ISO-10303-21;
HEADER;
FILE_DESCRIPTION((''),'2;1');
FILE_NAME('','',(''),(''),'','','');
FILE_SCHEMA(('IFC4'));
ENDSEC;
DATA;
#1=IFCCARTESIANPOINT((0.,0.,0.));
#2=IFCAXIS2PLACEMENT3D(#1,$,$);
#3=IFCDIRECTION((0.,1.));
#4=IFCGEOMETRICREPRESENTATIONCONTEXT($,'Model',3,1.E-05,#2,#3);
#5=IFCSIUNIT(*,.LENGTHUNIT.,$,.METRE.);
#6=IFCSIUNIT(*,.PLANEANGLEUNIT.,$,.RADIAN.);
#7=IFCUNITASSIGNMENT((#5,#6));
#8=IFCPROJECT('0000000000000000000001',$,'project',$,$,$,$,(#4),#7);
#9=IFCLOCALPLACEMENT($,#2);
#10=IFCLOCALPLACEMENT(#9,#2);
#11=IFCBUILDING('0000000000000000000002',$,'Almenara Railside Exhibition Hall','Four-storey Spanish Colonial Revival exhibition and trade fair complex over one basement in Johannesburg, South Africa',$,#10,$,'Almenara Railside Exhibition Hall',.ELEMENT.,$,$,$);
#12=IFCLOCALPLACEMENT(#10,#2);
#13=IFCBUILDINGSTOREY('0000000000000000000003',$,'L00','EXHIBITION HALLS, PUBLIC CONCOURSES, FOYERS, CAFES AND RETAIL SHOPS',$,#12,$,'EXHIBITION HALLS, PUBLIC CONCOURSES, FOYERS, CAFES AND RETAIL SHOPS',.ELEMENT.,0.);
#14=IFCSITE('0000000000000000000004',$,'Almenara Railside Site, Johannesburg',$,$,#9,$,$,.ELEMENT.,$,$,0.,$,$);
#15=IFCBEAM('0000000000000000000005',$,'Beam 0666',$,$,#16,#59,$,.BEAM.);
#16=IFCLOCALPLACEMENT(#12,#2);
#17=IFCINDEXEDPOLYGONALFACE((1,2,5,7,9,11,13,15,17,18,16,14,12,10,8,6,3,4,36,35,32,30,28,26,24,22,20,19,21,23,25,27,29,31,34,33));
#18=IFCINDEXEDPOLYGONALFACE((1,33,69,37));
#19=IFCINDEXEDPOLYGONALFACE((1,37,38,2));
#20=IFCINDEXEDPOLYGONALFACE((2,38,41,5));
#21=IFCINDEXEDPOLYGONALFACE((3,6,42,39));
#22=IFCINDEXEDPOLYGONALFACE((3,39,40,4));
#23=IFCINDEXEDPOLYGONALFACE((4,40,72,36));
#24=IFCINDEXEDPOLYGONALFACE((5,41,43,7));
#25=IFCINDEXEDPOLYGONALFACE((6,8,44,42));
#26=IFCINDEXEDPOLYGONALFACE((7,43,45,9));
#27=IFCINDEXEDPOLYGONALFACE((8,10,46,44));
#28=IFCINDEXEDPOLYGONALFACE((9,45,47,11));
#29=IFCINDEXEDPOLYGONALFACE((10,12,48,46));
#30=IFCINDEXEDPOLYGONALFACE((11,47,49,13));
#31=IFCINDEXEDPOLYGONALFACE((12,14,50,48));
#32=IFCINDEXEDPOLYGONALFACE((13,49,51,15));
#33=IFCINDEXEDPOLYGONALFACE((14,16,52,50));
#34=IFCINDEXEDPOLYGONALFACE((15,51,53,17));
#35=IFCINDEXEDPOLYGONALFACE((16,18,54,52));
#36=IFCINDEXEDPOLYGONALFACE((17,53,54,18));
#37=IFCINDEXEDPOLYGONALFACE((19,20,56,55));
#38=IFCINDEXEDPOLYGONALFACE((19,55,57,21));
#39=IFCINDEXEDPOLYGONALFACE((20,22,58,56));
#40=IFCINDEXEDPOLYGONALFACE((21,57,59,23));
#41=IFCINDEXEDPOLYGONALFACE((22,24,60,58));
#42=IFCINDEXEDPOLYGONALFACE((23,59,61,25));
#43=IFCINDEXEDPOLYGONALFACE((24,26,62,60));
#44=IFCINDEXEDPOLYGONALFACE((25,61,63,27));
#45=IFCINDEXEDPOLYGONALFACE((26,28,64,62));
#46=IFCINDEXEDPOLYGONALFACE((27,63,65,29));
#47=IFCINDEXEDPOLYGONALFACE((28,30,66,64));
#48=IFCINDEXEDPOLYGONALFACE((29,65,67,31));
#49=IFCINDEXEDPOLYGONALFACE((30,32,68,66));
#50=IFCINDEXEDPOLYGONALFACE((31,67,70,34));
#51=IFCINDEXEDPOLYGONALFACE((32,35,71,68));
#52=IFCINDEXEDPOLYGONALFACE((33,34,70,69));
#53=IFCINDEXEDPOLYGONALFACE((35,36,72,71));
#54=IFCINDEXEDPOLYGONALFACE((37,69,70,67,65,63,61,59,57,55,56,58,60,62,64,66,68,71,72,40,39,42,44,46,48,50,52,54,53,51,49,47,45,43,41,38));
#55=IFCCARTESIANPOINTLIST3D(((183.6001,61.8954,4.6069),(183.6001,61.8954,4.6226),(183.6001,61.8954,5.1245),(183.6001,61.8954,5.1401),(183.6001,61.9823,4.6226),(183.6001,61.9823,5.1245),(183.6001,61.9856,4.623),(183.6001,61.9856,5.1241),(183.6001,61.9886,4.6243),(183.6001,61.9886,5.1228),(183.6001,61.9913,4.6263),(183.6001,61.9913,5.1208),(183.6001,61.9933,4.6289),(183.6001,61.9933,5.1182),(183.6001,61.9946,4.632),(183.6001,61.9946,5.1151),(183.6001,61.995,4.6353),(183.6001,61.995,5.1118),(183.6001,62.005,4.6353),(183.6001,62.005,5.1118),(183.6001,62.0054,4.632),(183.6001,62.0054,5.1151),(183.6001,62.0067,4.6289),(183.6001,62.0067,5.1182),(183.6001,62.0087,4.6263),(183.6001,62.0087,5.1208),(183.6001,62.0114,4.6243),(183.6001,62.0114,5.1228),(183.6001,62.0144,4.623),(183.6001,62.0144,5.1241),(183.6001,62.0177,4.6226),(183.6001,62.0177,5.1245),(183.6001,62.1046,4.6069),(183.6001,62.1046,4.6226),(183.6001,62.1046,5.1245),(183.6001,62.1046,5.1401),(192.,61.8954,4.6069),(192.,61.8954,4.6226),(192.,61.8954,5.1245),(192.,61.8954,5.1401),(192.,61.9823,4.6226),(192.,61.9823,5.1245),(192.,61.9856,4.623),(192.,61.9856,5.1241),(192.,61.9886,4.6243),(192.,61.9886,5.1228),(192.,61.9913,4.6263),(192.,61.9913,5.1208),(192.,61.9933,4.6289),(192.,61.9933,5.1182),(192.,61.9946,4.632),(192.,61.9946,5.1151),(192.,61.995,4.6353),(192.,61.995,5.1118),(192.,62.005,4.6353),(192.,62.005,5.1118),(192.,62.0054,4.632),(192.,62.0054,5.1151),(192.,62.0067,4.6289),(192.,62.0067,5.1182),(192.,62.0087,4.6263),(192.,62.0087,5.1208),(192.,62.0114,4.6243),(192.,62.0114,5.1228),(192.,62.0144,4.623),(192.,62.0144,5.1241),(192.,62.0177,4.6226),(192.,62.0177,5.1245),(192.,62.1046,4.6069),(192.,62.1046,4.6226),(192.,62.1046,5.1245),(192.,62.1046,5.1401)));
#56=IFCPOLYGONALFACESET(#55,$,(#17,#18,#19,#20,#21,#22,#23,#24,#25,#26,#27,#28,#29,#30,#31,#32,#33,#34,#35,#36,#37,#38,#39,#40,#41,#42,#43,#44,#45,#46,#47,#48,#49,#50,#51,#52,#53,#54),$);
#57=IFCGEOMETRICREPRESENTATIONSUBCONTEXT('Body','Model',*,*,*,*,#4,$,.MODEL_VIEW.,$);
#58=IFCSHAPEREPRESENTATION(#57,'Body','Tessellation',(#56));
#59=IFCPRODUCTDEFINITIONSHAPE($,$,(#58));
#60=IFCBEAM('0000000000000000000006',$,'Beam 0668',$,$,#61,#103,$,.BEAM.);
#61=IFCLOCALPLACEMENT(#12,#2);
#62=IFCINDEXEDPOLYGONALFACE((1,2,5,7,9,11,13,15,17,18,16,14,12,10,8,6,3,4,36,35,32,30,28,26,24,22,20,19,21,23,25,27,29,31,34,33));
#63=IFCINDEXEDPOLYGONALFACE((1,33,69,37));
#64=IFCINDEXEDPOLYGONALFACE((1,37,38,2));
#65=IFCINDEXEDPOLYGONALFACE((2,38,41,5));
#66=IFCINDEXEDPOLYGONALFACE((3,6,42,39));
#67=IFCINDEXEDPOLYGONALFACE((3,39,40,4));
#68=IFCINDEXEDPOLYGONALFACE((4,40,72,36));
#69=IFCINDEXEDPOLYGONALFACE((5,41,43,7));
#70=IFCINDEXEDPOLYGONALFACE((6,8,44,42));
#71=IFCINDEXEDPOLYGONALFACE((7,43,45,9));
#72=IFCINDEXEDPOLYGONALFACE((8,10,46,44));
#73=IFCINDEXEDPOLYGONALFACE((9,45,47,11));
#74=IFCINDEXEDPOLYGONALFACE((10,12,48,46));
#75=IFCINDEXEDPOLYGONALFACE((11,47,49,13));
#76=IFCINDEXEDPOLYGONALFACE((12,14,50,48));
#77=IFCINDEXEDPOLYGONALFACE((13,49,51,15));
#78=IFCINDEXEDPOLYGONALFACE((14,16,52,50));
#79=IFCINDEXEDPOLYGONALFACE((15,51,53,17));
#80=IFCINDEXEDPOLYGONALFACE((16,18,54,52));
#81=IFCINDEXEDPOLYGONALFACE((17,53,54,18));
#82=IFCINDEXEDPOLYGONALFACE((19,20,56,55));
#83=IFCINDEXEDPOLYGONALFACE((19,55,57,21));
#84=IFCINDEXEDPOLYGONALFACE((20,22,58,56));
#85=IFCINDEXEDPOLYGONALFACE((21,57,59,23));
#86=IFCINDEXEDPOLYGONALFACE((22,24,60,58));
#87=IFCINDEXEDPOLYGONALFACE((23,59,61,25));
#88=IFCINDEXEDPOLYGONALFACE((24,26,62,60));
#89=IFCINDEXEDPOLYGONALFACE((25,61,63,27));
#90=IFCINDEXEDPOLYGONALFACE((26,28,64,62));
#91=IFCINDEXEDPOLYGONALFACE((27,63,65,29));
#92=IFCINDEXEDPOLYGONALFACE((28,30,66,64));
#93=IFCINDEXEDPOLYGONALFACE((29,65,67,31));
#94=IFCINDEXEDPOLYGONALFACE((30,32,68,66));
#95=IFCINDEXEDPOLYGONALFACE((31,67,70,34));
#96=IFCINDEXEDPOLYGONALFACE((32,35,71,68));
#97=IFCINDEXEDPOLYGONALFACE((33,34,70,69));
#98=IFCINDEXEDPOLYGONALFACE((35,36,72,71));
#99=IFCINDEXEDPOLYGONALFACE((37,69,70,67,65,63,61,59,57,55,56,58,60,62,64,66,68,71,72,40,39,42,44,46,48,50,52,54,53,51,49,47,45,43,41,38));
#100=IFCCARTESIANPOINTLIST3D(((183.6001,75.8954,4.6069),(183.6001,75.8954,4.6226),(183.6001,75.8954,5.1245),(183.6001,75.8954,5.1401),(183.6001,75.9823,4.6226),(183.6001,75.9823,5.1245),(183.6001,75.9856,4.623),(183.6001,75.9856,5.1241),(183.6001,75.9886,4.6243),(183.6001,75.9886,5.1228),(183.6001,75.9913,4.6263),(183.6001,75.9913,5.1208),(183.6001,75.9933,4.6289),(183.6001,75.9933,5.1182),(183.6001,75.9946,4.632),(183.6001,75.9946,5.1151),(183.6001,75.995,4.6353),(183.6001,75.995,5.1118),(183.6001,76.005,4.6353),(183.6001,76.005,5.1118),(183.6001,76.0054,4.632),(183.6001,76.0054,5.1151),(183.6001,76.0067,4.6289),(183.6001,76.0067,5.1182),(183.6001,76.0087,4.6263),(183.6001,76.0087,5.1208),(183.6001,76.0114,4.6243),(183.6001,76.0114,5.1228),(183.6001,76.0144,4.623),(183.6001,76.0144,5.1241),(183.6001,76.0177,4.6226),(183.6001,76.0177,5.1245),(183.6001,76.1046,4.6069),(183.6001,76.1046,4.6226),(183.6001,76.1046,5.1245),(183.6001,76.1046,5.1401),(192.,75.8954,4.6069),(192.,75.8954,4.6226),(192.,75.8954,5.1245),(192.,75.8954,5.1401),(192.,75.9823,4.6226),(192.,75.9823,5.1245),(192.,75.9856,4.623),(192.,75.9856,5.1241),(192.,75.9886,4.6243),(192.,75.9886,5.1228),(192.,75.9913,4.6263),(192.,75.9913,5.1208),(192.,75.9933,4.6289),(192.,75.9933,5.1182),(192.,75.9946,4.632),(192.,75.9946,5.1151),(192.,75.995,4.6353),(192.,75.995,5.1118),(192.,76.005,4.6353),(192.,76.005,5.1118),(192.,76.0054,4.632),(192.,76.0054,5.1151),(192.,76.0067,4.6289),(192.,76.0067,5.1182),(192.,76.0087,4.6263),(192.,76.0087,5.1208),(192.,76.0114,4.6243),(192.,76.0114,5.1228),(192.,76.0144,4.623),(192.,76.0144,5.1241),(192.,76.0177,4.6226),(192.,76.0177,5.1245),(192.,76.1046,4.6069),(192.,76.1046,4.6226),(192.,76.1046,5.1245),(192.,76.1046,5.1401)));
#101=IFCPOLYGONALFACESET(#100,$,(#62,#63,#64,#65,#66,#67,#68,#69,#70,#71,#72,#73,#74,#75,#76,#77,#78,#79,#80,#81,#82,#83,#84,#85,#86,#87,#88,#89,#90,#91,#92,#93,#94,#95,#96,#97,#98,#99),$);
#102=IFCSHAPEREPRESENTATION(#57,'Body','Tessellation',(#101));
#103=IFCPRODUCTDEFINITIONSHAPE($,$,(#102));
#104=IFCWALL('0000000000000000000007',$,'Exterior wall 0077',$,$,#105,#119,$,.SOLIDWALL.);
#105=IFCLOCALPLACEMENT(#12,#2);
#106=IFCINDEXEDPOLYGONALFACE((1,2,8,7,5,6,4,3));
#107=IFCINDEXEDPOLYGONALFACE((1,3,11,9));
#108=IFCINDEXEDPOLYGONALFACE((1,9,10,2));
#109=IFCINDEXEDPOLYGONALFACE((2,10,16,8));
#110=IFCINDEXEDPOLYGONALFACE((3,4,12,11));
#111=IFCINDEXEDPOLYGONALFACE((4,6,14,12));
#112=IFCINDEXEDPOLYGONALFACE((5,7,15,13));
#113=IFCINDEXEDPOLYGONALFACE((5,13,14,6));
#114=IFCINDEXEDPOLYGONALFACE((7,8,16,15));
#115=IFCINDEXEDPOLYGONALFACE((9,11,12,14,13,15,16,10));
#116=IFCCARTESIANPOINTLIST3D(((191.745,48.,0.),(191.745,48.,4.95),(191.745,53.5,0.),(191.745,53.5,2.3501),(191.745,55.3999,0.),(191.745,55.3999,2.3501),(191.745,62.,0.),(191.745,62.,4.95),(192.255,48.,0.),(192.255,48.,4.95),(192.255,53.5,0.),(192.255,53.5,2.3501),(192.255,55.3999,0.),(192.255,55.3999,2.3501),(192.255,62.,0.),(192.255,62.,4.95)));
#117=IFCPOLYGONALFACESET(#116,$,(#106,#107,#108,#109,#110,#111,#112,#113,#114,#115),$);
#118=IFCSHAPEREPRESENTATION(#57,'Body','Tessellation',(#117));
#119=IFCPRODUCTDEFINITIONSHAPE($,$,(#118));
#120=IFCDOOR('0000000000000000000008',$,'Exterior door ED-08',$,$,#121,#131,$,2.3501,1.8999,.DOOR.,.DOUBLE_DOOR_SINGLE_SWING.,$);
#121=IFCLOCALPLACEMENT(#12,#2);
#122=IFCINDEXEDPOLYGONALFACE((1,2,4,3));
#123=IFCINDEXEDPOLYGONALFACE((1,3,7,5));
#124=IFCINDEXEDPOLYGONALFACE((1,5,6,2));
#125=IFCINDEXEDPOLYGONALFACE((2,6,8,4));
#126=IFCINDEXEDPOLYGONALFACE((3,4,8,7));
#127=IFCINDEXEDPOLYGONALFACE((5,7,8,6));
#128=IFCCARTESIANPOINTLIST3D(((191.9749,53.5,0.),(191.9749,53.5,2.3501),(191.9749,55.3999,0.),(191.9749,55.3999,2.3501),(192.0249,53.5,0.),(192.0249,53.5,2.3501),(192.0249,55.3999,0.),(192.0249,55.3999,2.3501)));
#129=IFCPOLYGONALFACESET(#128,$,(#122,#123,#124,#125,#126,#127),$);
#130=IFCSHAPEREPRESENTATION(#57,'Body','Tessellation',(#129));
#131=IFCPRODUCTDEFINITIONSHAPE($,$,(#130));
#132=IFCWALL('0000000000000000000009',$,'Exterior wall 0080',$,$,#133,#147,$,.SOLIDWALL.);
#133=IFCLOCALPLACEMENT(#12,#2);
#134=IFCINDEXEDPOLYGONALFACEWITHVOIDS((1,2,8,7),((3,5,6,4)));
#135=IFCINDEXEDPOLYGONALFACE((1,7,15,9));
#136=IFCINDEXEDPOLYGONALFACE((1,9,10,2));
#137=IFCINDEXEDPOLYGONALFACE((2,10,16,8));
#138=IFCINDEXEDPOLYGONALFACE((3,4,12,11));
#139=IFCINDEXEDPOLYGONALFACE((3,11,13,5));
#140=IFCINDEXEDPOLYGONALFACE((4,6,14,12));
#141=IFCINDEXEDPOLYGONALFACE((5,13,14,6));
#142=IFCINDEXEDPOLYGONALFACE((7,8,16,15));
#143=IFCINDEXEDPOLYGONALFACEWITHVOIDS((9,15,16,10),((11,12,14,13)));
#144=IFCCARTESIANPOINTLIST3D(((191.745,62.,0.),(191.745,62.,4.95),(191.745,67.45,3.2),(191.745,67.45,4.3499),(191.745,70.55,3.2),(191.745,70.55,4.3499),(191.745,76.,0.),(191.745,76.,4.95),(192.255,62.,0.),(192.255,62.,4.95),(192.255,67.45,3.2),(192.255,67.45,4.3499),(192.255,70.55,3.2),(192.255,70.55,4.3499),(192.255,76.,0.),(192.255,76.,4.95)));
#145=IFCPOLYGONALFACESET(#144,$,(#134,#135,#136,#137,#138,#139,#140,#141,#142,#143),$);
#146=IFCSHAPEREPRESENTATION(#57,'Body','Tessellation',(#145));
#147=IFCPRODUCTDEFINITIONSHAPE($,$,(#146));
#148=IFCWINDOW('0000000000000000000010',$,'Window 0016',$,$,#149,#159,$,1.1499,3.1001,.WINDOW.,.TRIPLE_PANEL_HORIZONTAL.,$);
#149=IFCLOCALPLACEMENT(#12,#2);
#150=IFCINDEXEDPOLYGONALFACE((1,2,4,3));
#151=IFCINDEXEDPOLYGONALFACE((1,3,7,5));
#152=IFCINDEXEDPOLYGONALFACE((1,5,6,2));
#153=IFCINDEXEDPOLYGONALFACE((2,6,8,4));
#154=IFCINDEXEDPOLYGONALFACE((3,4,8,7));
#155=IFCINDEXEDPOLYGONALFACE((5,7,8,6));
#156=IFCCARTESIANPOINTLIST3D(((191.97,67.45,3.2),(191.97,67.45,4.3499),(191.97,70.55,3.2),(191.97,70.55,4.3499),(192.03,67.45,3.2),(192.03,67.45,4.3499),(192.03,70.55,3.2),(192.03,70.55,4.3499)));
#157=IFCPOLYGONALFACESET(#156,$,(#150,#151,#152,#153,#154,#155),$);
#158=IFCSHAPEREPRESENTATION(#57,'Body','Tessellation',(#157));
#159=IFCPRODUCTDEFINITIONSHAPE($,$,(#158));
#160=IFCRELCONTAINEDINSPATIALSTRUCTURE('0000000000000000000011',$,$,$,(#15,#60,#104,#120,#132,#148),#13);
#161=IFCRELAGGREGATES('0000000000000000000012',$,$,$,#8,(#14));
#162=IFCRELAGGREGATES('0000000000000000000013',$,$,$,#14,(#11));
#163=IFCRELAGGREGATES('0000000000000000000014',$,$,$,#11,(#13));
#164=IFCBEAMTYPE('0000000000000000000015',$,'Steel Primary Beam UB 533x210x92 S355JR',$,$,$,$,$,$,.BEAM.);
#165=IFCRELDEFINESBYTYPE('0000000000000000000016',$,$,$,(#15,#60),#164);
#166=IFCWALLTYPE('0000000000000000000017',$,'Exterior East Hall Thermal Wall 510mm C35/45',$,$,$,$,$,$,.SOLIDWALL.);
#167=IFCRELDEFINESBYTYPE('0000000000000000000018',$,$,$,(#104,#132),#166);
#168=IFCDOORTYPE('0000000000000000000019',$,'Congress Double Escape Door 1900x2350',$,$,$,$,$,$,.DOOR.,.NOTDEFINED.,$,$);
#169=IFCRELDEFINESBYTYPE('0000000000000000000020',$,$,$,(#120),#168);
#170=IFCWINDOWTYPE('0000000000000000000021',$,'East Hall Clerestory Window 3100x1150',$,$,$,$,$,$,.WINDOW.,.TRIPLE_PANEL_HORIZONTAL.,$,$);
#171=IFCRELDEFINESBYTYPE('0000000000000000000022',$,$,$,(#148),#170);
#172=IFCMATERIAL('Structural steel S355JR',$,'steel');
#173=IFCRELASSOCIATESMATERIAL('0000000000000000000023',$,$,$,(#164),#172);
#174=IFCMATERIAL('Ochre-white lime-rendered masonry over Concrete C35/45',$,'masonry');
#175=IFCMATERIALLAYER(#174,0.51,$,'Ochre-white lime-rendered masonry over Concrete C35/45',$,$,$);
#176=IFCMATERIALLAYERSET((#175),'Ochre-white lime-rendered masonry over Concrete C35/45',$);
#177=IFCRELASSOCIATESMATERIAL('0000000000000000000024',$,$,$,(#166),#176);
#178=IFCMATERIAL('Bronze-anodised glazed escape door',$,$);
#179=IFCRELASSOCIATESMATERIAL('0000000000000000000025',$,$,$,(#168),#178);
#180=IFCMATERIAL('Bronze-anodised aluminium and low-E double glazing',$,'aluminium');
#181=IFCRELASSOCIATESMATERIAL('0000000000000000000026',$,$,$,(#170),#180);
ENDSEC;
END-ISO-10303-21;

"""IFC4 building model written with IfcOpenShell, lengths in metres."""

from ifc_helpers import new_model, si_unit, direction, frame, frame_2d, origin, origin_2d, place, context, subcontext, project, spatial, rectangle, i_section, extrude, material, layer, layer_set, material_profile, profile_set, type_object, element, fill, save


model = new_model("IFC4")

# Units and contexts
model_context = context("Model", 3, precision=1e-05, world=origin(), true_north=direction((0.0, 1.0)))
body_context = subcontext(model_context, "Body", "Model", "MODEL_VIEW")
ifc_project = project(units=[si_unit("LENGTHUNIT", "METRE"), si_unit("PLANEANGLEUNIT", "RADIAN")], contexts=[model_context])

# Site, building, storey
site_placement = place(None, origin())
site = spatial("IfcSite", under=ifc_project, at=site_placement, Name="Almenara Railside Site, Johannesburg", CompositionType="ELEMENT", RefElevation=0.0)
building_placement = place(site_placement, origin())
building = spatial("IfcBuilding", under=site, at=building_placement, Name="Almenara Railside Exhibition Hall", Description="Four-storey Spanish Colonial Revival exhibition and trade fair complex over one basement in Johannesburg, South Africa", LongName="Almenara Railside Exhibition Hall", CompositionType="ELEMENT")
storey_placement = place(building_placement, origin())
storey = spatial("IfcBuildingStorey", under=building, at=storey_placement, Name="L00", Description="EXHIBITION HALLS, PUBLIC CONCOURSES, FOYERS, CAFES AND RETAIL SHOPS", LongName="EXHIBITION HALLS, PUBLIC CONCOURSES, FOYERS, CAFES AND RETAIL SHOPS", CompositionType="ELEMENT", Elevation=0.0)

# Beams
ifc_material_1 = material(Name="Structural steel S355JR", Category="steel")
ifc_material_profile_1 = material_profile(ifc_material_1, i_section(OverallWidth=0.2092, OverallDepth=0.5332, WebThickness=0.01, FlangeThickness=0.0156, FilletRadius=0.0127, at=origin_2d()), Name="UB 533x210x92")
ifc_profile_set_1 = profile_set([ifc_material_profile_1], Name="Structural steel S355JR")
beam_type_1 = type_object("IfcBeamType", Name="Steel Primary Beam UB 533x210x92 S355JR", PredefinedType="BEAM", material=ifc_profile_set_1)
for number, where, z_axis, x_axis, name in (
    (1, (183.6001, 62.0, 4.8735), (1.0, 0.0, 0.0), (0.0, 1.0, 0.0), "Beam 0666"),
    (2, (183.6001, 76.0, 4.8735), (1.0, 0.0, 0.0), (0.0, 1.0, 0.0), "Beam 0668"),
):
    element("IfcBeam", number, at=place(storey_placement, frame(where, z_axis=z_axis, x_axis=x_axis)), inside=storey, type_object=beam_type_1, Name=name, PredefinedType="BEAM", context=body_context, shape_type="SweptSolid", body=[
        extrude(i_section(OverallWidth=0.2092, OverallDepth=0.5332, WebThickness=0.01, FlangeThickness=0.0156, FilletRadius=0.0127, at=origin_2d()), origin(), (0.0, 0.0, 1.0), 8.3999),
    ])

# Wall, opening, door
ifc_material_2 = material(Name="Ochre-white lime-rendered masonry over Concrete C35/45", Category="masonry")
ifc_layer = layer(ifc_material_2, 0.51, Name="Ochre-white lime-rendered masonry over Concrete C35/45")
ifc_layer_set = layer_set([ifc_layer], Name="Ochre-white lime-rendered masonry over Concrete C35/45")
wall_type = type_object("IfcWallType", Name="Exterior East Hall Thermal Wall 510mm C35/45", PredefinedType="SOLIDWALL", material=ifc_layer_set)
wall_1_placement = place(storey_placement, frame((192.0, 48.0, 0.0), z_axis=(0.0, 0.0, 1.0), x_axis=(0.0, 1.0, 0.0)))
wall_1 = element("IfcWall", 3, at=wall_1_placement, inside=storey, type_object=wall_type, Name="Exterior wall 0077", PredefinedType="SOLIDWALL", context=body_context, shape_type="SweptSolid", body=[
    extrude(rectangle(XDim=14.0, YDim=0.51, at=frame_2d((7.0, 0.0))), origin(), (0.0, 0.0, 1.0), 4.95),
])
opening_1_placement = place(wall_1_placement, frame((5.5, 0.0, 0.0)))
opening_1 = element("IfcOpeningElement", 4, at=opening_1_placement, cuts=wall_1, PredefinedType="OPENING", context=body_context, shape_type="SweptSolid", body=[
    extrude(rectangle(XDim=1.8999, YDim=2.3501, at=frame_2d((0.95, 1.175))), frame((0.0, 0.2649, 0.0), z_axis=(0.0, -1.0, 0.0), x_axis=(1.0, 0.0, 0.0)), (0.0, 0.0, 1.0), 0.53),
])
ifc_material_3 = material(Name="Bronze-anodised glazed escape door")
door_type = type_object("IfcDoorType", Name="Congress Double Escape Door 1900x2350", OperationType="NOTDEFINED", PredefinedType="DOOR", material=ifc_material_3)
door_placement = place(opening_1_placement, frame((1.8999, 0.0, 0.0), z_axis=(0.0, 0.0, 1.0), x_axis=(-1.0, 0.0, 0.0)))
door = element("IfcDoor", 5, at=door_placement, inside=storey, type_object=door_type, Name="Exterior door ED-08", OperationType="DOUBLE_DOOR_SINGLE_SWING", OverallHeight=2.3501, OverallWidth=1.8999, PredefinedType="DOOR", context=body_context, shape_type="SweptSolid", body=[
    extrude(rectangle(XDim=1.8999, YDim=2.3501, at=frame_2d((0.95, 1.175))), frame((0.0, 0.0249, 0.0), z_axis=(0.0, -1.0, 0.0), x_axis=(1.0, 0.0, 0.0)), (0.0, 0.0, 1.0), 0.05),
])
fill(opening_1, door)

# Wall, opening, window
wall_2_placement = place(storey_placement, frame((192.0, 62.0, 0.0), z_axis=(0.0, 0.0, 1.0), x_axis=(0.0, 1.0, 0.0)))
wall_2 = element("IfcWall", 6, at=wall_2_placement, inside=storey, type_object=wall_type, Name="Exterior wall 0080", PredefinedType="SOLIDWALL", context=body_context, shape_type="SweptSolid", body=[
    extrude(rectangle(XDim=14.0, YDim=0.51, at=frame_2d((7.0, 0.0))), origin(), (0.0, 0.0, 1.0), 4.95),
])
opening_2_placement = place(wall_2_placement, frame((5.45, 0.0, 3.2)))
opening_2 = element("IfcOpeningElement", 7, at=opening_2_placement, cuts=wall_2, PredefinedType="OPENING", context=body_context, shape_type="SweptSolid", body=[
    extrude(rectangle(XDim=3.1001, YDim=1.1499, at=frame_2d((1.55, 0.575))), frame((0.0, 0.2649, 0.0), z_axis=(0.0, -1.0, 0.0), x_axis=(1.0, 0.0, 0.0)), (0.0, 0.0, 1.0), 0.53),
])
ifc_material_4 = material(Name="Bronze-anodised aluminium and low-E double glazing", Category="aluminium")
window_type = type_object("IfcWindowType", Name="East Hall Clerestory Window 3100x1150", PartitioningType="TRIPLE_PANEL_HORIZONTAL", PredefinedType="WINDOW", material=ifc_material_4)
window_placement = place(opening_2_placement, origin())
window = element("IfcWindow", 8, at=window_placement, inside=storey, type_object=window_type, Name="Window 0016", OverallHeight=1.1499, OverallWidth=3.1001, PartitioningType="TRIPLE_PANEL_HORIZONTAL", PredefinedType="WINDOW", context=body_context, shape_type="SweptSolid", body=[
    extrude(rectangle(XDim=3.1001, YDim=1.1499, at=frame_2d((1.55, 0.575))), frame((0.0, 0.03, 0.0), z_axis=(0.0, -1.0, 0.0), x_axis=(1.0, 0.0, 0.0)), (0.0, 0.0, 1.0), 0.0601),
])
fill(opening_2, window)

save(model, "model.ifc")
